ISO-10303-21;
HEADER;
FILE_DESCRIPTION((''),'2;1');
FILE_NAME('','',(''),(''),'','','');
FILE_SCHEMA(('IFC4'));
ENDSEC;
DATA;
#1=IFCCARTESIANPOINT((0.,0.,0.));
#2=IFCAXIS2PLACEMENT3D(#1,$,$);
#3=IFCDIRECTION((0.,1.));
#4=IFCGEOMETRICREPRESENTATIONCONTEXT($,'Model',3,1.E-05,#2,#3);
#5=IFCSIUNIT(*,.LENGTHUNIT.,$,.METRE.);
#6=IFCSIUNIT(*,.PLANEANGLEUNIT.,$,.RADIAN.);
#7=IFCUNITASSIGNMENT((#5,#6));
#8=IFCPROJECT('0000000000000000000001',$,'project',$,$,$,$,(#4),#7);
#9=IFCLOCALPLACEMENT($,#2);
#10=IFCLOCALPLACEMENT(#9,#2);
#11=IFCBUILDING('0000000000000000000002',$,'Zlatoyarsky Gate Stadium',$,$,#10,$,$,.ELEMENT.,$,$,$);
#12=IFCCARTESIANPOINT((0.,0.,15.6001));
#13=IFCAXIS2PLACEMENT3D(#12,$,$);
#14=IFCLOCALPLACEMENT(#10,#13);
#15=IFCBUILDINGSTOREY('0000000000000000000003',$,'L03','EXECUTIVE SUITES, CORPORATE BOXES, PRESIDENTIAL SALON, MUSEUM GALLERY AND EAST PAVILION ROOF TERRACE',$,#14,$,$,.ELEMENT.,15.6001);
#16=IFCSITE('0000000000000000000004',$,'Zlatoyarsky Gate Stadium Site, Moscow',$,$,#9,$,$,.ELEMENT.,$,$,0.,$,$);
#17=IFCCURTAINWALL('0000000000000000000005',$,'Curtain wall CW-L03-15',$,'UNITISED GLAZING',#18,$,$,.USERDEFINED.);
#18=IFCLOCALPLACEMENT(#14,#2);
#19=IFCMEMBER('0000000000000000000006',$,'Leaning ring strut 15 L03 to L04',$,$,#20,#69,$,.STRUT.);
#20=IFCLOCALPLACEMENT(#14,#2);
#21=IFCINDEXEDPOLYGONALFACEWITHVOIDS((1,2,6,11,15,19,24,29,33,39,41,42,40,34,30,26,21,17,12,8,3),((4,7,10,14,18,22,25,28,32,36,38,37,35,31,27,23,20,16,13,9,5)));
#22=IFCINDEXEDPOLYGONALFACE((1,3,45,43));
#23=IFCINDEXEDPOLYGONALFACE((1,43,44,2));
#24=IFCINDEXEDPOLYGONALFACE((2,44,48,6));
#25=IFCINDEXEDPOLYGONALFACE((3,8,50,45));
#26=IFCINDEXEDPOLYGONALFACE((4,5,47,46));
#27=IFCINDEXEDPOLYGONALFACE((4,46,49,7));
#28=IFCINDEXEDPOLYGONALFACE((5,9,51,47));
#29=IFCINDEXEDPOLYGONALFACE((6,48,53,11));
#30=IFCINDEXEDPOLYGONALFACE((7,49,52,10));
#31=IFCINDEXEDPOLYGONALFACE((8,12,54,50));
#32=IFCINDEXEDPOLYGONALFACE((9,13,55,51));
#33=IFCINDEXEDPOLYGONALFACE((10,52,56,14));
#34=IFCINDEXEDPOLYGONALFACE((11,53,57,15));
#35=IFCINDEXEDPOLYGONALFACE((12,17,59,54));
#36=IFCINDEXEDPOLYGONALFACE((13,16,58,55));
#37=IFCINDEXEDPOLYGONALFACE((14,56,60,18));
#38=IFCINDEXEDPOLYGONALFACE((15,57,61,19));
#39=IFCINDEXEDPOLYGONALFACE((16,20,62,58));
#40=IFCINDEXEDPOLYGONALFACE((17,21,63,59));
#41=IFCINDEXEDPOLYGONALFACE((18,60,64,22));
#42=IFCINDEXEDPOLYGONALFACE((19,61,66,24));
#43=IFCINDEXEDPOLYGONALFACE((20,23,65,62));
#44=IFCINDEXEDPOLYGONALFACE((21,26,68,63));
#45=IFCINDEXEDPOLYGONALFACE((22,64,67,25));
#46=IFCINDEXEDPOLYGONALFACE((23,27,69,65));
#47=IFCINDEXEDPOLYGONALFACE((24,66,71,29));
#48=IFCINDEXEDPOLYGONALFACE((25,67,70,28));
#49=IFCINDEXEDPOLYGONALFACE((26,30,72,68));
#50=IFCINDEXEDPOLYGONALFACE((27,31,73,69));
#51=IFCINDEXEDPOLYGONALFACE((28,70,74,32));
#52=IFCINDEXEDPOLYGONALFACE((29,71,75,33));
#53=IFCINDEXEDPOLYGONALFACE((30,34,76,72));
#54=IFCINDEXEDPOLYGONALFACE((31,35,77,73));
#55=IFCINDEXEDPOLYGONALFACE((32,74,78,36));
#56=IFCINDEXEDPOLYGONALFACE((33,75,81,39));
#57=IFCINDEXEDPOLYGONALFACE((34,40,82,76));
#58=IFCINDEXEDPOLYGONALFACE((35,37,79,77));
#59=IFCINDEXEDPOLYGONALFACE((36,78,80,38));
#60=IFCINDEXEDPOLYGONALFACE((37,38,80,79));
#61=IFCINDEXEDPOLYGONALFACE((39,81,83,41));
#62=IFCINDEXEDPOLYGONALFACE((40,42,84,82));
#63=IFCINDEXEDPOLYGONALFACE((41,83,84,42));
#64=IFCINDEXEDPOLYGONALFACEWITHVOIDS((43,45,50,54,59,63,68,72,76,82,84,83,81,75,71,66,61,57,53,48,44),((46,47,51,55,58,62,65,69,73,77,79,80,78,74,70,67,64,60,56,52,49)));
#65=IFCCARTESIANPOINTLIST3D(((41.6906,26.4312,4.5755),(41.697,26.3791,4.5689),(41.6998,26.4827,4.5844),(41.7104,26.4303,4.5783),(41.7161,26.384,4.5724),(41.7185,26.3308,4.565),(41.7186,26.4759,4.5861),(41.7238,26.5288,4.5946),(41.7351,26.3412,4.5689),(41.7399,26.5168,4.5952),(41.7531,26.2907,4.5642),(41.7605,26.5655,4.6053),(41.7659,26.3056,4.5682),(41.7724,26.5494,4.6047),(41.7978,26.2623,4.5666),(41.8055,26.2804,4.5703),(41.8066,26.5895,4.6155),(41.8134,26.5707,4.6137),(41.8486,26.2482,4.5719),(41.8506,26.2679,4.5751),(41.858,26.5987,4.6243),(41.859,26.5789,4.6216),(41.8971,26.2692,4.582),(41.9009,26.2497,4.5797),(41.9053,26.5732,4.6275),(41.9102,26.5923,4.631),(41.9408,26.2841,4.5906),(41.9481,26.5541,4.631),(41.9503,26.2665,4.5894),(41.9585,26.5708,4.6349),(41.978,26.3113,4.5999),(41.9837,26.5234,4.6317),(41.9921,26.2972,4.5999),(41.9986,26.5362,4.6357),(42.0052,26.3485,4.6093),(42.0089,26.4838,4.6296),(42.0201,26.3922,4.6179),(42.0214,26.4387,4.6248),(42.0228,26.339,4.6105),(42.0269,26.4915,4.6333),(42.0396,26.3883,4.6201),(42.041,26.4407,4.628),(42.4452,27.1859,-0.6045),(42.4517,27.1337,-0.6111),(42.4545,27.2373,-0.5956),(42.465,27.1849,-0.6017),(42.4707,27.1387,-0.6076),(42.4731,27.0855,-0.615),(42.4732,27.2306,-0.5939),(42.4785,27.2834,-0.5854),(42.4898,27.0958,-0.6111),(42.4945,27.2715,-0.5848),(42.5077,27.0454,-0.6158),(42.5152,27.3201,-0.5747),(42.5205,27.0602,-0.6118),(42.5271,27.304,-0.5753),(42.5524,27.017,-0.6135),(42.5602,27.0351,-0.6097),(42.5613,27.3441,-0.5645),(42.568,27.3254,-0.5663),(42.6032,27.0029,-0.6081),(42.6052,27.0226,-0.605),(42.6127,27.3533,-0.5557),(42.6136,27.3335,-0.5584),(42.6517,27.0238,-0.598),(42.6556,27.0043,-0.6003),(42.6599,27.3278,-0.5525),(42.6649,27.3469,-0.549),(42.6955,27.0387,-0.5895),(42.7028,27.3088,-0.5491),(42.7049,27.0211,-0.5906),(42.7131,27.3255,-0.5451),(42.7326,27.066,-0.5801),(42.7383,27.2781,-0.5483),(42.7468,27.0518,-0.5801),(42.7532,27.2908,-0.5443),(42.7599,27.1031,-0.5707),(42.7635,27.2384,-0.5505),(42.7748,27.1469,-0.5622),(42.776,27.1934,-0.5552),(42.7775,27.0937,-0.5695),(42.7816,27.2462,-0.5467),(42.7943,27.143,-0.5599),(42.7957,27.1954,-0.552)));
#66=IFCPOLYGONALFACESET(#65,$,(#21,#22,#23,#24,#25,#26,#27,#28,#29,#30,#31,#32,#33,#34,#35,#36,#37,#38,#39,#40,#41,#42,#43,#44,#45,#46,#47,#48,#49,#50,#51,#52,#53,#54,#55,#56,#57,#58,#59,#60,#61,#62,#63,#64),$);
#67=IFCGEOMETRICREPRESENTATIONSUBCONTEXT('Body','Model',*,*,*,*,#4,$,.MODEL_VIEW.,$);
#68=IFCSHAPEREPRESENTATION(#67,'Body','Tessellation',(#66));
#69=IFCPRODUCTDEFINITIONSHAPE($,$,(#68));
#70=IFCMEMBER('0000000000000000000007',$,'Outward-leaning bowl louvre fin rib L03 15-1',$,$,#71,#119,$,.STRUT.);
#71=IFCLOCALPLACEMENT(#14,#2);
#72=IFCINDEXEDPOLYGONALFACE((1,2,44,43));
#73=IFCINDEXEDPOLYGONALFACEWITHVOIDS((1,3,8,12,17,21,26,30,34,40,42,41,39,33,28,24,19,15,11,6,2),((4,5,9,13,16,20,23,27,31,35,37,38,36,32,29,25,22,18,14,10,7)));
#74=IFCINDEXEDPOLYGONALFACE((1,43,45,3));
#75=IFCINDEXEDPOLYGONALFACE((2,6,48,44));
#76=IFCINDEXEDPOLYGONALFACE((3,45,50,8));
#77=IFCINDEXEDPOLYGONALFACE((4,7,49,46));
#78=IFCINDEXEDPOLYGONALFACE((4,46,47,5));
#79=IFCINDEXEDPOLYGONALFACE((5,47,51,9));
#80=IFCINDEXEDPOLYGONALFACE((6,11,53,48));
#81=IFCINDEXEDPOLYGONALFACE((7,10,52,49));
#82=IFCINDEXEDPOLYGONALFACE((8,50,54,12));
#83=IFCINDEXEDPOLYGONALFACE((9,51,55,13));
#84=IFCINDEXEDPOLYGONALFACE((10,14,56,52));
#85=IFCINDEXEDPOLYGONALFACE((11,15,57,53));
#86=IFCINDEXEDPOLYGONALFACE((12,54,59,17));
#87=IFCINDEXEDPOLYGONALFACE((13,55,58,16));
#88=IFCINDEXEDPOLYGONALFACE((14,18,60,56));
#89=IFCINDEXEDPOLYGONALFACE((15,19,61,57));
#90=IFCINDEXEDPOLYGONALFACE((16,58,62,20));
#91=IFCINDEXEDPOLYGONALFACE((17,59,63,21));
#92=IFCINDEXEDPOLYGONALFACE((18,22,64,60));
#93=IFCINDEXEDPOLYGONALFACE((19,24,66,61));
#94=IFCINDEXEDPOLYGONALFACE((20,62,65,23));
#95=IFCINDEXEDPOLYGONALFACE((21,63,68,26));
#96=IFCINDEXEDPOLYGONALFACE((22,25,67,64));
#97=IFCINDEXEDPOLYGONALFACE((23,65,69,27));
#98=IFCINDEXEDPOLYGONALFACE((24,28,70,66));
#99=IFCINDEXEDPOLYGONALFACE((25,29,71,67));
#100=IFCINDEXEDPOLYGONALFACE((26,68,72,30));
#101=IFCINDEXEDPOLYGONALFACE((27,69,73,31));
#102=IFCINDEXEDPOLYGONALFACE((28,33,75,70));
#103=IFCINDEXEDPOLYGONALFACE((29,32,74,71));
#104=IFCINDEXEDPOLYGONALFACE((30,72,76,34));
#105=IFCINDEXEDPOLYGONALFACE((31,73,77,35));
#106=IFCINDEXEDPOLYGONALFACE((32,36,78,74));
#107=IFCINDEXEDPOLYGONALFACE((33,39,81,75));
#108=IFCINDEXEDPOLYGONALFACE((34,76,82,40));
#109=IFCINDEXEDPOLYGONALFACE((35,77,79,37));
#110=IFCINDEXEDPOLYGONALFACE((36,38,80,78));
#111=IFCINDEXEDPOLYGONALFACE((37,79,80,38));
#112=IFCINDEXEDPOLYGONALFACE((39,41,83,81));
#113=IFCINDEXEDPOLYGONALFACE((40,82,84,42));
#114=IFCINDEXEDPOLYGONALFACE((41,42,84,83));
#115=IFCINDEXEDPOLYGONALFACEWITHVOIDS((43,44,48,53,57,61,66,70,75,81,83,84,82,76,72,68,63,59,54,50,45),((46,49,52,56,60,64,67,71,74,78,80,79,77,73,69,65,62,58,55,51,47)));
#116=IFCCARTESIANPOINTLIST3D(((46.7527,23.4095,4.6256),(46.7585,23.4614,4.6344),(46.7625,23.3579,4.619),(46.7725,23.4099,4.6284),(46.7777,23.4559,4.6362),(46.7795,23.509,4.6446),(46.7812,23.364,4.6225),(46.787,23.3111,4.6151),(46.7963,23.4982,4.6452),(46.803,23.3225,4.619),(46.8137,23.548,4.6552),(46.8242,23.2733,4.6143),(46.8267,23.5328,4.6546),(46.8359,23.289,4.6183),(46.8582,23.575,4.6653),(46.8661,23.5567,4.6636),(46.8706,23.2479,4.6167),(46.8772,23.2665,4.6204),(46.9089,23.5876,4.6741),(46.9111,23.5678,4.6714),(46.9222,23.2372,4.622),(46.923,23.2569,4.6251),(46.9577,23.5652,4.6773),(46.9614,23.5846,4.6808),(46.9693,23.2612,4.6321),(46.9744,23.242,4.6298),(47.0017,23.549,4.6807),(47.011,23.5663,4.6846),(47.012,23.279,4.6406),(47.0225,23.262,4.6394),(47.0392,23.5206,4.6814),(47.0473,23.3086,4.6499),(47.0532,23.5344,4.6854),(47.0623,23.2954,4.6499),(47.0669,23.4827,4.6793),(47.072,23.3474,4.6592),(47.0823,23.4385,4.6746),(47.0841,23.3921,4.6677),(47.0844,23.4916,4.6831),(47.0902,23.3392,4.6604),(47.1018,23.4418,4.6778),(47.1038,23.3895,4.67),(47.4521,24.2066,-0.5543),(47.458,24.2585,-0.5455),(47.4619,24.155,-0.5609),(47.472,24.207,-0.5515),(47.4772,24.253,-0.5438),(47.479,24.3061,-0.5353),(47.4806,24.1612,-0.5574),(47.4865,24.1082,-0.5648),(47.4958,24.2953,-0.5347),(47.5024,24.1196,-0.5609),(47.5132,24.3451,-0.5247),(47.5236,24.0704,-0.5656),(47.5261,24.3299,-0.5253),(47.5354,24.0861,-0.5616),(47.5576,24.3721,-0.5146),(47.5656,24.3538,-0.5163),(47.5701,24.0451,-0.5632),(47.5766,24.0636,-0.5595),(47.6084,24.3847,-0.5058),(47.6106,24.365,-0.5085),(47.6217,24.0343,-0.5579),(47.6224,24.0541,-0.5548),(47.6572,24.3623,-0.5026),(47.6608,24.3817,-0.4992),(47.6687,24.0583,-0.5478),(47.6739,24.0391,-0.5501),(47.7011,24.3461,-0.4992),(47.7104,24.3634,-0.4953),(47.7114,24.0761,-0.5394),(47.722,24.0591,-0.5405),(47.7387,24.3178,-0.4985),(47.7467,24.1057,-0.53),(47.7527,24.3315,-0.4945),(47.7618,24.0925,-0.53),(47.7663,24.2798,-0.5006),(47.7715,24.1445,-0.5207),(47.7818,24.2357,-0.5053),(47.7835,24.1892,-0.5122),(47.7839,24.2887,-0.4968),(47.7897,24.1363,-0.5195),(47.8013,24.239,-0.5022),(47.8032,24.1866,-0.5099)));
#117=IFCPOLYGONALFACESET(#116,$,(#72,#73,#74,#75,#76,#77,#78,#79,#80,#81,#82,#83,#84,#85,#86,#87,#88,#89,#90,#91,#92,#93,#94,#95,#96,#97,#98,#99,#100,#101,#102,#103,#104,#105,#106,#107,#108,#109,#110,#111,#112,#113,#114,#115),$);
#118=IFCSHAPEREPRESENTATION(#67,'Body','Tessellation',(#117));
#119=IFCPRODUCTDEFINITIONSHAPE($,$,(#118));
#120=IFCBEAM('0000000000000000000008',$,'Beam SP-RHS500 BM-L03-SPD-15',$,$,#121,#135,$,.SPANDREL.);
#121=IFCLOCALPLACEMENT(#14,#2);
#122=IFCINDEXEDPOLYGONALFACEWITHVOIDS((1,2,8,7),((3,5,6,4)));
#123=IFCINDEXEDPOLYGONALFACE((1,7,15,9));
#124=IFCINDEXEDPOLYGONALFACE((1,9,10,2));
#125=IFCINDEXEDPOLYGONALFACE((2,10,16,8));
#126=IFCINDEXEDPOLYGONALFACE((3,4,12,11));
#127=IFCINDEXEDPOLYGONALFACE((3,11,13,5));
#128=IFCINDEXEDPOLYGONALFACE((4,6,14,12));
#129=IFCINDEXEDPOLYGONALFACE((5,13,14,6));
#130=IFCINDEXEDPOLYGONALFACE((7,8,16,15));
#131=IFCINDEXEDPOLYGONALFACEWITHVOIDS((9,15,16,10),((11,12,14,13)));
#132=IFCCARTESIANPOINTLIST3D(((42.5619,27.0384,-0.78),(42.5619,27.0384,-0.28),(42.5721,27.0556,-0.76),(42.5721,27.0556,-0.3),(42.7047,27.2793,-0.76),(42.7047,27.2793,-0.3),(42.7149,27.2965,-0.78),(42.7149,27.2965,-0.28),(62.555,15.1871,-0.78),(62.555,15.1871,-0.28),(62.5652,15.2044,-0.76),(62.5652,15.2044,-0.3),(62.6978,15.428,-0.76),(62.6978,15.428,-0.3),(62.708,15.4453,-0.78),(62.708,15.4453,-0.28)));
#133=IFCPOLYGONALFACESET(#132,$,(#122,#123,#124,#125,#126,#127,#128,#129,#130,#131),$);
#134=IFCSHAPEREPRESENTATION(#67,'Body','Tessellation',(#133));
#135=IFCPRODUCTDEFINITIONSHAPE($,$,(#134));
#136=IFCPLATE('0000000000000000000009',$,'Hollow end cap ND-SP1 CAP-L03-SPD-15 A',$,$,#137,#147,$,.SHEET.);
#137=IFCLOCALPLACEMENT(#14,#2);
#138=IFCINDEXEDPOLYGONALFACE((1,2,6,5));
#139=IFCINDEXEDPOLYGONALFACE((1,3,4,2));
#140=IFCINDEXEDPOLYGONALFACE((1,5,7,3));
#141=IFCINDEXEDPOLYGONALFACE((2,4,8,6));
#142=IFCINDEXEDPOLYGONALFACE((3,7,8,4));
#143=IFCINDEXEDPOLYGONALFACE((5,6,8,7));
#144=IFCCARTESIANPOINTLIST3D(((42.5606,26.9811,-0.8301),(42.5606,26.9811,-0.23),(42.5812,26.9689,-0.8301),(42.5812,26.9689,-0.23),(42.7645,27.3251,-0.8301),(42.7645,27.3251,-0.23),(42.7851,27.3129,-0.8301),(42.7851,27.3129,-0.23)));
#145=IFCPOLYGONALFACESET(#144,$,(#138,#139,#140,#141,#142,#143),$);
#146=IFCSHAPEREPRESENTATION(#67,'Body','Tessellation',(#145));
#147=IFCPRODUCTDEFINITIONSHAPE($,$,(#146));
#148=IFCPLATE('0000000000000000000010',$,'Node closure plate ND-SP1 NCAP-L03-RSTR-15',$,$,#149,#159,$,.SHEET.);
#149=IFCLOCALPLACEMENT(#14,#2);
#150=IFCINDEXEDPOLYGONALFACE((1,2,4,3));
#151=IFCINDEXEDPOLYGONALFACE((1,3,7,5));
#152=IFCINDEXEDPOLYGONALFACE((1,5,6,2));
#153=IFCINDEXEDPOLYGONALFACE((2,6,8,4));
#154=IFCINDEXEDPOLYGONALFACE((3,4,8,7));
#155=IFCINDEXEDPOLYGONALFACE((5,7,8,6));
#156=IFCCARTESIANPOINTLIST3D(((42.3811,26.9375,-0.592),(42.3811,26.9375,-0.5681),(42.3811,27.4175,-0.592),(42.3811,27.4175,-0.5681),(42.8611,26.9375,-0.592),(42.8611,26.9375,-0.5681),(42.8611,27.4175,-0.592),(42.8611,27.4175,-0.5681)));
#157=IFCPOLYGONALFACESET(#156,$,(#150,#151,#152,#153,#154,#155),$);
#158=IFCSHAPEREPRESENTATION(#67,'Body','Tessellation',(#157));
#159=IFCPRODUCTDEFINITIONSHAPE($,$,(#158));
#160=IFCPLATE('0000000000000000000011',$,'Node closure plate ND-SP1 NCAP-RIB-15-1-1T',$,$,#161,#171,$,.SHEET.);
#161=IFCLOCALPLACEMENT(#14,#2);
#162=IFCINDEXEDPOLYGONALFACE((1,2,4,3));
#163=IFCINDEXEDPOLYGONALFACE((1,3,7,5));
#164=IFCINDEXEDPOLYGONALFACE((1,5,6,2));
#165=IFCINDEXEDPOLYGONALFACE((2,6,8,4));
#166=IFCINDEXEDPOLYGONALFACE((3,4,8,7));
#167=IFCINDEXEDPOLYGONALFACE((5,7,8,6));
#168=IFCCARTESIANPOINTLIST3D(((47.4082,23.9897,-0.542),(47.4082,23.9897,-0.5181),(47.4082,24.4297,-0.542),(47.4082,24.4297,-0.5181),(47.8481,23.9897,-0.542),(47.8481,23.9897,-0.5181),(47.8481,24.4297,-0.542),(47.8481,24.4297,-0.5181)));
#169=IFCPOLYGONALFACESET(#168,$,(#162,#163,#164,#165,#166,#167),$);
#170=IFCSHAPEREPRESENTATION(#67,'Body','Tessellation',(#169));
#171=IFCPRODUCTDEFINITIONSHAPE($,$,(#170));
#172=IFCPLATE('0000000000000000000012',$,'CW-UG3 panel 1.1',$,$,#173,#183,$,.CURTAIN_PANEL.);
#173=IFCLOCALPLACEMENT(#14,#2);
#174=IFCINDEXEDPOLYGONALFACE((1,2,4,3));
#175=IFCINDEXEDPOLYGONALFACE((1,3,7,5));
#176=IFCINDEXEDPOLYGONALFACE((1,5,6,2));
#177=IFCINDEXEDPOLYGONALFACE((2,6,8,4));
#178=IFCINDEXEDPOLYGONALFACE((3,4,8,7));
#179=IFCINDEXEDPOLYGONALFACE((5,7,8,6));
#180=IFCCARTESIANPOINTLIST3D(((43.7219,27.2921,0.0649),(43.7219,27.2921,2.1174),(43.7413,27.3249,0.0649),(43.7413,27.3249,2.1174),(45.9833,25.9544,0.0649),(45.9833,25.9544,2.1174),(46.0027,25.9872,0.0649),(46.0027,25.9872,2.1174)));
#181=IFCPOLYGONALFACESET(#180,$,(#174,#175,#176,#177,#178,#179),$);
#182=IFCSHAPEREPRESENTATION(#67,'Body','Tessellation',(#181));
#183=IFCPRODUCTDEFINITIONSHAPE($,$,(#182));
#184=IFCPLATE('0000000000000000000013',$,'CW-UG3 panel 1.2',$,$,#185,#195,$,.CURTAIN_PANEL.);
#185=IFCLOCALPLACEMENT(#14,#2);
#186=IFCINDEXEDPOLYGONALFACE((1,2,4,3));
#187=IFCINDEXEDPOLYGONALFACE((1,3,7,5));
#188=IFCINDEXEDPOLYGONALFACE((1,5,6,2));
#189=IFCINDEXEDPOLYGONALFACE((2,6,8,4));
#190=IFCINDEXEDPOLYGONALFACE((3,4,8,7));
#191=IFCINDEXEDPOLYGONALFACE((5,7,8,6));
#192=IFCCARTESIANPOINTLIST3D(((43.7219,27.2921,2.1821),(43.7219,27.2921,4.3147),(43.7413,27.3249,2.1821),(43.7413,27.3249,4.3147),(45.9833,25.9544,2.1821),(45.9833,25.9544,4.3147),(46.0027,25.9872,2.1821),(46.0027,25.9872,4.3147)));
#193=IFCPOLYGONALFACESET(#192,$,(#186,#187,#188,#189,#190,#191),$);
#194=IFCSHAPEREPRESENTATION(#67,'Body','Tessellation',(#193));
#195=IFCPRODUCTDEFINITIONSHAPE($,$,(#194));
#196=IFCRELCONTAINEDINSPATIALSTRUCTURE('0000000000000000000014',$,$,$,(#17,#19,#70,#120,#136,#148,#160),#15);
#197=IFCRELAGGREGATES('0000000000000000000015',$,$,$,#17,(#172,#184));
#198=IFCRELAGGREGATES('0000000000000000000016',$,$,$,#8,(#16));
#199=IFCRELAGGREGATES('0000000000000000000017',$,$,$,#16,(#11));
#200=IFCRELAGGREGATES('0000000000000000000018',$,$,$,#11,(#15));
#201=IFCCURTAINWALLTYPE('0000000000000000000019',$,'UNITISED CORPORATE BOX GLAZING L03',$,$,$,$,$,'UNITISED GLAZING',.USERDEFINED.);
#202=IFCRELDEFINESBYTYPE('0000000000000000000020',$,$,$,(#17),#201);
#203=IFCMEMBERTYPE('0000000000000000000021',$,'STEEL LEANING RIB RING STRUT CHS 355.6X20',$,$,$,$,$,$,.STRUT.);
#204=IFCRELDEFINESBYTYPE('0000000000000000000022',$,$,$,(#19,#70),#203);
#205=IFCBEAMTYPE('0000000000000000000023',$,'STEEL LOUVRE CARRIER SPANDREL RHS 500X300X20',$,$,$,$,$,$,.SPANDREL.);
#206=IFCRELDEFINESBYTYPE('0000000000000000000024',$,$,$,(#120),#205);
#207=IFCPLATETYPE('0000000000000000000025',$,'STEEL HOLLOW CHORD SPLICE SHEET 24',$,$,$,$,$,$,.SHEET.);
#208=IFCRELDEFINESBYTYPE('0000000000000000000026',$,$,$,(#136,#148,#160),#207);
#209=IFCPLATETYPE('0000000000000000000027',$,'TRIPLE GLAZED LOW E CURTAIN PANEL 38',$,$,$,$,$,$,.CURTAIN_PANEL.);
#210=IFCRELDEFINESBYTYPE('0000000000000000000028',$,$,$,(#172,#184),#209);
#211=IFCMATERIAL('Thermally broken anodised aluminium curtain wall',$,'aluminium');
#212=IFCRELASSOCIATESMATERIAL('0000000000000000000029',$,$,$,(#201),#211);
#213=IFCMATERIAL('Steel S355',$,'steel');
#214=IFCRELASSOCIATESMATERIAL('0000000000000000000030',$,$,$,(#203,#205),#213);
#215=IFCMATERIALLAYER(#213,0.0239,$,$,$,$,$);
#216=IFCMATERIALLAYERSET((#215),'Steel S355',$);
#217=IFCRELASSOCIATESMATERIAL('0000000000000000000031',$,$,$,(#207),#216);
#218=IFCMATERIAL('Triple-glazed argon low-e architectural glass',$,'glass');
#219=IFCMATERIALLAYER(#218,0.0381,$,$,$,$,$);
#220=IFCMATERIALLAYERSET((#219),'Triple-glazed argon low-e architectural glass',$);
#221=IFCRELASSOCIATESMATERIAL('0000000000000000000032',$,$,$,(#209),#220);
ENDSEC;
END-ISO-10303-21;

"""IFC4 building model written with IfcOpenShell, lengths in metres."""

from ifc_helpers import new_model, si_unit, direction, frame, origin, origin_2d, place, context, subcontext, project, spatial, rectangle, hollow_rectangle, hollow_circle, extrude, material, layer, layer_set, material_profile, profile_set, type_object, element, aggregate, save


model = new_model("IFC4")

# Units and contexts
model_context = context("Model", 3, precision=1e-05, world=origin(), true_north=direction((0.0, 1.0)))
body_context = subcontext(model_context, "Body", "Model", "MODEL_VIEW")
ifc_project = project(units=[si_unit("LENGTHUNIT", "METRE"), si_unit("PLANEANGLEUNIT", "RADIAN")], contexts=[model_context])

# Site, building, storey
site_placement = place(None, origin())
site = spatial("IfcSite", under=ifc_project, at=site_placement, Name="Zlatoyarsky Gate Stadium Site, Moscow", CompositionType="ELEMENT", RefElevation=0.0)
building_placement = place(site_placement, origin())
building = spatial("IfcBuilding", under=site, at=building_placement, Name="Zlatoyarsky Gate Stadium", CompositionType="ELEMENT")
storey_placement = place(building_placement, frame((0.0, 0.0, 15.6001)))
storey = spatial("IfcBuildingStorey", under=building, at=storey_placement, Name="L03", Description="EXECUTIVE SUITES, CORPORATE BOXES, PRESIDENTIAL SALON, MUSEUM GALLERY AND EAST PAVILION ROOF TERRACE", CompositionType="ELEMENT", Elevation=15.6001)

# Curtain wall
ifc_material_1 = material(Name="Thermally broken anodised aluminium curtain wall", Category="aluminium")
curtain_wall_type = type_object("IfcCurtainWallType", Name="UNITISED CORPORATE BOX GLAZING L03", ElementType="UNITISED GLAZING", PredefinedType="USERDEFINED", material=ifc_material_1)
curtain_wall_placement = place(storey_placement, origin())
curtain_wall = element("IfcCurtainWall", 1, at=curtain_wall_placement, inside=storey, type_object=curtain_wall_type, Name="Curtain wall CW-L03-15", ObjectType="UNITISED GLAZING", PredefinedType="USERDEFINED")

# Members
ifc_material_2 = material(Name="Steel S355", Category="steel")
ifc_material_profile_1 = material_profile(ifc_material_2, hollow_circle(Radius=0.1777, WallThickness=0.02, at=origin_2d()), Name="CHS 355.6X20")
ifc_profile_set_1 = profile_set([ifc_material_profile_1], Name="Steel S355")
member_type_1 = type_object("IfcMemberType", Name="STEEL LEANING RIB RING STRUT CHS 355.6X20", PredefinedType="STRUT", material=ifc_profile_set_1)
member_1_placement = place(storey_placement, frame((42.6211, 27.1775, -0.5801), z_axis=(-0.142688, -0.142688, 0.979429), x_axis=(0.707107, -0.707107, 0.0)))
element("IfcMember", 2, at=member_1_placement, inside=storey, type_object=member_type_1, Name="Leaning ring strut 15 L03 to L04", PredefinedType="STRUT", context=body_context, shape_type="SweptSolid", body=[
    extrude(hollow_circle(Radius=0.1777, WallThickness=0.02, at=origin_2d()), origin(), (0.0, 0.0, 1.0), 5.2888),
])
member_2_placement = place(storey_placement, frame((47.6282, 24.2097, -0.53), z_axis=(-0.132289, -0.150759, 0.979679), x_axis=(0.751649, -0.659563, 0.0)))
element("IfcMember", 3, at=member_2_placement, inside=storey, type_object=member_type_1, Name="Outward-leaning bowl louvre fin rib L03 15-1", PredefinedType="STRUT", context=body_context, shape_type="SweptSolid", body=[
    extrude(hollow_circle(Radius=0.1777, WallThickness=0.02, at=origin_2d()), origin(), (0.0, 0.0, 1.0), 5.2874),
])

# Beam
ifc_material_profile_2 = material_profile(ifc_material_2, hollow_rectangle(XDim=0.3, YDim=0.5, WallThickness=0.02, at=origin_2d()), Name="RHS 500X300X20")
ifc_profile_set_2 = profile_set([ifc_material_profile_2], Name="Steel S355")
beam_type = type_object("IfcBeamType", Name="STEEL LOUVRE CARRIER SPANDREL RHS 500X300X20", PredefinedType="SPANDREL", material=ifc_profile_set_2)
beam_placement = place(storey_placement, frame((42.6384, 27.1675, -0.53), z_axis=(0.860225, -0.509914, 0.0), x_axis=(0.509914, 0.860225, 0.0)))
element("IfcBeam", 4, at=beam_placement, inside=storey, type_object=beam_type, Name="Beam SP-RHS500 BM-L03-SPD-15", PredefinedType="SPANDREL", context=body_context, shape_type="SweptSolid", body=[
    extrude(hollow_rectangle(XDim=0.3, YDim=0.5, WallThickness=0.02, at=origin_2d()), origin(), (0.0, 0.0, 1.0), 23.2417),
])

# Plates
ifc_layer_1 = layer(ifc_material_2, 0.0239)
ifc_layer_set_1 = layer_set([ifc_layer_1], Name="Steel S355")
plate_type_1 = type_object("IfcPlateType", Name="STEEL HOLLOW CHORD SPLICE SHEET 24", PredefinedType="SHEET", material=ifc_layer_set_1)
plate_1_placement = place(storey_placement, frame((42.6729, 27.147, -0.8301), z_axis=(0.0, 0.0, 1.0), x_axis=(0.860229, -0.509908, 0.0)))
element("IfcPlate", 5, at=plate_1_placement, inside=storey, type_object=plate_type_1, Name="Hollow end cap ND-SP1 CAP-L03-SPD-15 A", PredefinedType="SHEET", context=body_context, shape_type="SweptSolid", body=[
    extrude(rectangle(XDim=0.0239, YDim=0.3999, at=origin_2d()), origin(), (0.0, 0.0, 1.0), 0.6001),
])
plate_2_placement = place(storey_placement, frame((42.6211, 27.1775, -0.592), z_axis=(0.0, 0.0, 1.0), x_axis=(1.0, 0.0, 0.0)))
element("IfcPlate", 6, at=plate_2_placement, inside=storey, type_object=plate_type_1, Name="Node closure plate ND-SP1 NCAP-L03-RSTR-15", PredefinedType="SHEET", context=body_context, shape_type="SweptSolid", body=[
    extrude(rectangle(XDim=0.48, YDim=0.48, at=origin_2d()), origin(), (0.0, 0.0, 1.0), 0.0239),
])
plate_3_placement = place(storey_placement, frame((47.6282, 24.2097, -0.542), z_axis=(0.0, 0.0, 1.0), x_axis=(1.0, 0.0, 0.0)))
element("IfcPlate", 7, at=plate_3_placement, inside=storey, type_object=plate_type_1, Name="Node closure plate ND-SP1 NCAP-RIB-15-1-1T", PredefinedType="SHEET", context=body_context, shape_type="SweptSolid", body=[
    extrude(rectangle(XDim=0.4399, YDim=0.4399, at=origin_2d()), origin(), (0.0, 0.0, 1.0), 0.0239),
])

# Plates
ifc_material_3 = material(Name="Triple-glazed argon low-e architectural glass", Category="glass")
ifc_layer_2 = layer(ifc_material_3, 0.0381)
ifc_layer_set_2 = layer_set([ifc_layer_2], Name="Triple-glazed argon low-e architectural glass")
plate_type_2 = type_object("IfcPlateType", Name="TRIPLE GLAZED LOW E CURTAIN PANEL 38", PredefinedType="CURTAIN_PANEL", material=ifc_layer_set_2)
plate_4_placement = place(storey_placement, frame((44.8623, 26.6396, 0.0649), z_axis=(0.0, 0.0, 1.0), x_axis=(0.860708, -0.509098, 0.0)))
plate_4 = element("IfcPlate", 8, at=plate_4_placement, type_object=plate_type_2, Name="CW-UG3 panel 1.1", PredefinedType="CURTAIN_PANEL", context=body_context, shape_type="SweptSolid", body=[
    extrude(rectangle(XDim=2.6274, YDim=0.0381, at=origin_2d()), origin(), (0.0, 0.0, 1.0), 2.0525),
])
plate_5_placement = place(storey_placement, frame((44.8623, 26.6396, 2.1821), z_axis=(0.0, 0.0, 1.0), x_axis=(0.860708, -0.509098, 0.0)))
plate_5 = element("IfcPlate", 9, at=plate_5_placement, type_object=plate_type_2, Name="CW-UG3 panel 1.2", PredefinedType="CURTAIN_PANEL", context=body_context, shape_type="SweptSolid", body=[
    extrude(rectangle(XDim=2.6274, YDim=0.0381, at=origin_2d()), origin(), (0.0, 0.0, 1.0), 2.1326),
])
aggregate(curtain_wall, [plate_4, plate_5])

save(model, "model.ifc")
